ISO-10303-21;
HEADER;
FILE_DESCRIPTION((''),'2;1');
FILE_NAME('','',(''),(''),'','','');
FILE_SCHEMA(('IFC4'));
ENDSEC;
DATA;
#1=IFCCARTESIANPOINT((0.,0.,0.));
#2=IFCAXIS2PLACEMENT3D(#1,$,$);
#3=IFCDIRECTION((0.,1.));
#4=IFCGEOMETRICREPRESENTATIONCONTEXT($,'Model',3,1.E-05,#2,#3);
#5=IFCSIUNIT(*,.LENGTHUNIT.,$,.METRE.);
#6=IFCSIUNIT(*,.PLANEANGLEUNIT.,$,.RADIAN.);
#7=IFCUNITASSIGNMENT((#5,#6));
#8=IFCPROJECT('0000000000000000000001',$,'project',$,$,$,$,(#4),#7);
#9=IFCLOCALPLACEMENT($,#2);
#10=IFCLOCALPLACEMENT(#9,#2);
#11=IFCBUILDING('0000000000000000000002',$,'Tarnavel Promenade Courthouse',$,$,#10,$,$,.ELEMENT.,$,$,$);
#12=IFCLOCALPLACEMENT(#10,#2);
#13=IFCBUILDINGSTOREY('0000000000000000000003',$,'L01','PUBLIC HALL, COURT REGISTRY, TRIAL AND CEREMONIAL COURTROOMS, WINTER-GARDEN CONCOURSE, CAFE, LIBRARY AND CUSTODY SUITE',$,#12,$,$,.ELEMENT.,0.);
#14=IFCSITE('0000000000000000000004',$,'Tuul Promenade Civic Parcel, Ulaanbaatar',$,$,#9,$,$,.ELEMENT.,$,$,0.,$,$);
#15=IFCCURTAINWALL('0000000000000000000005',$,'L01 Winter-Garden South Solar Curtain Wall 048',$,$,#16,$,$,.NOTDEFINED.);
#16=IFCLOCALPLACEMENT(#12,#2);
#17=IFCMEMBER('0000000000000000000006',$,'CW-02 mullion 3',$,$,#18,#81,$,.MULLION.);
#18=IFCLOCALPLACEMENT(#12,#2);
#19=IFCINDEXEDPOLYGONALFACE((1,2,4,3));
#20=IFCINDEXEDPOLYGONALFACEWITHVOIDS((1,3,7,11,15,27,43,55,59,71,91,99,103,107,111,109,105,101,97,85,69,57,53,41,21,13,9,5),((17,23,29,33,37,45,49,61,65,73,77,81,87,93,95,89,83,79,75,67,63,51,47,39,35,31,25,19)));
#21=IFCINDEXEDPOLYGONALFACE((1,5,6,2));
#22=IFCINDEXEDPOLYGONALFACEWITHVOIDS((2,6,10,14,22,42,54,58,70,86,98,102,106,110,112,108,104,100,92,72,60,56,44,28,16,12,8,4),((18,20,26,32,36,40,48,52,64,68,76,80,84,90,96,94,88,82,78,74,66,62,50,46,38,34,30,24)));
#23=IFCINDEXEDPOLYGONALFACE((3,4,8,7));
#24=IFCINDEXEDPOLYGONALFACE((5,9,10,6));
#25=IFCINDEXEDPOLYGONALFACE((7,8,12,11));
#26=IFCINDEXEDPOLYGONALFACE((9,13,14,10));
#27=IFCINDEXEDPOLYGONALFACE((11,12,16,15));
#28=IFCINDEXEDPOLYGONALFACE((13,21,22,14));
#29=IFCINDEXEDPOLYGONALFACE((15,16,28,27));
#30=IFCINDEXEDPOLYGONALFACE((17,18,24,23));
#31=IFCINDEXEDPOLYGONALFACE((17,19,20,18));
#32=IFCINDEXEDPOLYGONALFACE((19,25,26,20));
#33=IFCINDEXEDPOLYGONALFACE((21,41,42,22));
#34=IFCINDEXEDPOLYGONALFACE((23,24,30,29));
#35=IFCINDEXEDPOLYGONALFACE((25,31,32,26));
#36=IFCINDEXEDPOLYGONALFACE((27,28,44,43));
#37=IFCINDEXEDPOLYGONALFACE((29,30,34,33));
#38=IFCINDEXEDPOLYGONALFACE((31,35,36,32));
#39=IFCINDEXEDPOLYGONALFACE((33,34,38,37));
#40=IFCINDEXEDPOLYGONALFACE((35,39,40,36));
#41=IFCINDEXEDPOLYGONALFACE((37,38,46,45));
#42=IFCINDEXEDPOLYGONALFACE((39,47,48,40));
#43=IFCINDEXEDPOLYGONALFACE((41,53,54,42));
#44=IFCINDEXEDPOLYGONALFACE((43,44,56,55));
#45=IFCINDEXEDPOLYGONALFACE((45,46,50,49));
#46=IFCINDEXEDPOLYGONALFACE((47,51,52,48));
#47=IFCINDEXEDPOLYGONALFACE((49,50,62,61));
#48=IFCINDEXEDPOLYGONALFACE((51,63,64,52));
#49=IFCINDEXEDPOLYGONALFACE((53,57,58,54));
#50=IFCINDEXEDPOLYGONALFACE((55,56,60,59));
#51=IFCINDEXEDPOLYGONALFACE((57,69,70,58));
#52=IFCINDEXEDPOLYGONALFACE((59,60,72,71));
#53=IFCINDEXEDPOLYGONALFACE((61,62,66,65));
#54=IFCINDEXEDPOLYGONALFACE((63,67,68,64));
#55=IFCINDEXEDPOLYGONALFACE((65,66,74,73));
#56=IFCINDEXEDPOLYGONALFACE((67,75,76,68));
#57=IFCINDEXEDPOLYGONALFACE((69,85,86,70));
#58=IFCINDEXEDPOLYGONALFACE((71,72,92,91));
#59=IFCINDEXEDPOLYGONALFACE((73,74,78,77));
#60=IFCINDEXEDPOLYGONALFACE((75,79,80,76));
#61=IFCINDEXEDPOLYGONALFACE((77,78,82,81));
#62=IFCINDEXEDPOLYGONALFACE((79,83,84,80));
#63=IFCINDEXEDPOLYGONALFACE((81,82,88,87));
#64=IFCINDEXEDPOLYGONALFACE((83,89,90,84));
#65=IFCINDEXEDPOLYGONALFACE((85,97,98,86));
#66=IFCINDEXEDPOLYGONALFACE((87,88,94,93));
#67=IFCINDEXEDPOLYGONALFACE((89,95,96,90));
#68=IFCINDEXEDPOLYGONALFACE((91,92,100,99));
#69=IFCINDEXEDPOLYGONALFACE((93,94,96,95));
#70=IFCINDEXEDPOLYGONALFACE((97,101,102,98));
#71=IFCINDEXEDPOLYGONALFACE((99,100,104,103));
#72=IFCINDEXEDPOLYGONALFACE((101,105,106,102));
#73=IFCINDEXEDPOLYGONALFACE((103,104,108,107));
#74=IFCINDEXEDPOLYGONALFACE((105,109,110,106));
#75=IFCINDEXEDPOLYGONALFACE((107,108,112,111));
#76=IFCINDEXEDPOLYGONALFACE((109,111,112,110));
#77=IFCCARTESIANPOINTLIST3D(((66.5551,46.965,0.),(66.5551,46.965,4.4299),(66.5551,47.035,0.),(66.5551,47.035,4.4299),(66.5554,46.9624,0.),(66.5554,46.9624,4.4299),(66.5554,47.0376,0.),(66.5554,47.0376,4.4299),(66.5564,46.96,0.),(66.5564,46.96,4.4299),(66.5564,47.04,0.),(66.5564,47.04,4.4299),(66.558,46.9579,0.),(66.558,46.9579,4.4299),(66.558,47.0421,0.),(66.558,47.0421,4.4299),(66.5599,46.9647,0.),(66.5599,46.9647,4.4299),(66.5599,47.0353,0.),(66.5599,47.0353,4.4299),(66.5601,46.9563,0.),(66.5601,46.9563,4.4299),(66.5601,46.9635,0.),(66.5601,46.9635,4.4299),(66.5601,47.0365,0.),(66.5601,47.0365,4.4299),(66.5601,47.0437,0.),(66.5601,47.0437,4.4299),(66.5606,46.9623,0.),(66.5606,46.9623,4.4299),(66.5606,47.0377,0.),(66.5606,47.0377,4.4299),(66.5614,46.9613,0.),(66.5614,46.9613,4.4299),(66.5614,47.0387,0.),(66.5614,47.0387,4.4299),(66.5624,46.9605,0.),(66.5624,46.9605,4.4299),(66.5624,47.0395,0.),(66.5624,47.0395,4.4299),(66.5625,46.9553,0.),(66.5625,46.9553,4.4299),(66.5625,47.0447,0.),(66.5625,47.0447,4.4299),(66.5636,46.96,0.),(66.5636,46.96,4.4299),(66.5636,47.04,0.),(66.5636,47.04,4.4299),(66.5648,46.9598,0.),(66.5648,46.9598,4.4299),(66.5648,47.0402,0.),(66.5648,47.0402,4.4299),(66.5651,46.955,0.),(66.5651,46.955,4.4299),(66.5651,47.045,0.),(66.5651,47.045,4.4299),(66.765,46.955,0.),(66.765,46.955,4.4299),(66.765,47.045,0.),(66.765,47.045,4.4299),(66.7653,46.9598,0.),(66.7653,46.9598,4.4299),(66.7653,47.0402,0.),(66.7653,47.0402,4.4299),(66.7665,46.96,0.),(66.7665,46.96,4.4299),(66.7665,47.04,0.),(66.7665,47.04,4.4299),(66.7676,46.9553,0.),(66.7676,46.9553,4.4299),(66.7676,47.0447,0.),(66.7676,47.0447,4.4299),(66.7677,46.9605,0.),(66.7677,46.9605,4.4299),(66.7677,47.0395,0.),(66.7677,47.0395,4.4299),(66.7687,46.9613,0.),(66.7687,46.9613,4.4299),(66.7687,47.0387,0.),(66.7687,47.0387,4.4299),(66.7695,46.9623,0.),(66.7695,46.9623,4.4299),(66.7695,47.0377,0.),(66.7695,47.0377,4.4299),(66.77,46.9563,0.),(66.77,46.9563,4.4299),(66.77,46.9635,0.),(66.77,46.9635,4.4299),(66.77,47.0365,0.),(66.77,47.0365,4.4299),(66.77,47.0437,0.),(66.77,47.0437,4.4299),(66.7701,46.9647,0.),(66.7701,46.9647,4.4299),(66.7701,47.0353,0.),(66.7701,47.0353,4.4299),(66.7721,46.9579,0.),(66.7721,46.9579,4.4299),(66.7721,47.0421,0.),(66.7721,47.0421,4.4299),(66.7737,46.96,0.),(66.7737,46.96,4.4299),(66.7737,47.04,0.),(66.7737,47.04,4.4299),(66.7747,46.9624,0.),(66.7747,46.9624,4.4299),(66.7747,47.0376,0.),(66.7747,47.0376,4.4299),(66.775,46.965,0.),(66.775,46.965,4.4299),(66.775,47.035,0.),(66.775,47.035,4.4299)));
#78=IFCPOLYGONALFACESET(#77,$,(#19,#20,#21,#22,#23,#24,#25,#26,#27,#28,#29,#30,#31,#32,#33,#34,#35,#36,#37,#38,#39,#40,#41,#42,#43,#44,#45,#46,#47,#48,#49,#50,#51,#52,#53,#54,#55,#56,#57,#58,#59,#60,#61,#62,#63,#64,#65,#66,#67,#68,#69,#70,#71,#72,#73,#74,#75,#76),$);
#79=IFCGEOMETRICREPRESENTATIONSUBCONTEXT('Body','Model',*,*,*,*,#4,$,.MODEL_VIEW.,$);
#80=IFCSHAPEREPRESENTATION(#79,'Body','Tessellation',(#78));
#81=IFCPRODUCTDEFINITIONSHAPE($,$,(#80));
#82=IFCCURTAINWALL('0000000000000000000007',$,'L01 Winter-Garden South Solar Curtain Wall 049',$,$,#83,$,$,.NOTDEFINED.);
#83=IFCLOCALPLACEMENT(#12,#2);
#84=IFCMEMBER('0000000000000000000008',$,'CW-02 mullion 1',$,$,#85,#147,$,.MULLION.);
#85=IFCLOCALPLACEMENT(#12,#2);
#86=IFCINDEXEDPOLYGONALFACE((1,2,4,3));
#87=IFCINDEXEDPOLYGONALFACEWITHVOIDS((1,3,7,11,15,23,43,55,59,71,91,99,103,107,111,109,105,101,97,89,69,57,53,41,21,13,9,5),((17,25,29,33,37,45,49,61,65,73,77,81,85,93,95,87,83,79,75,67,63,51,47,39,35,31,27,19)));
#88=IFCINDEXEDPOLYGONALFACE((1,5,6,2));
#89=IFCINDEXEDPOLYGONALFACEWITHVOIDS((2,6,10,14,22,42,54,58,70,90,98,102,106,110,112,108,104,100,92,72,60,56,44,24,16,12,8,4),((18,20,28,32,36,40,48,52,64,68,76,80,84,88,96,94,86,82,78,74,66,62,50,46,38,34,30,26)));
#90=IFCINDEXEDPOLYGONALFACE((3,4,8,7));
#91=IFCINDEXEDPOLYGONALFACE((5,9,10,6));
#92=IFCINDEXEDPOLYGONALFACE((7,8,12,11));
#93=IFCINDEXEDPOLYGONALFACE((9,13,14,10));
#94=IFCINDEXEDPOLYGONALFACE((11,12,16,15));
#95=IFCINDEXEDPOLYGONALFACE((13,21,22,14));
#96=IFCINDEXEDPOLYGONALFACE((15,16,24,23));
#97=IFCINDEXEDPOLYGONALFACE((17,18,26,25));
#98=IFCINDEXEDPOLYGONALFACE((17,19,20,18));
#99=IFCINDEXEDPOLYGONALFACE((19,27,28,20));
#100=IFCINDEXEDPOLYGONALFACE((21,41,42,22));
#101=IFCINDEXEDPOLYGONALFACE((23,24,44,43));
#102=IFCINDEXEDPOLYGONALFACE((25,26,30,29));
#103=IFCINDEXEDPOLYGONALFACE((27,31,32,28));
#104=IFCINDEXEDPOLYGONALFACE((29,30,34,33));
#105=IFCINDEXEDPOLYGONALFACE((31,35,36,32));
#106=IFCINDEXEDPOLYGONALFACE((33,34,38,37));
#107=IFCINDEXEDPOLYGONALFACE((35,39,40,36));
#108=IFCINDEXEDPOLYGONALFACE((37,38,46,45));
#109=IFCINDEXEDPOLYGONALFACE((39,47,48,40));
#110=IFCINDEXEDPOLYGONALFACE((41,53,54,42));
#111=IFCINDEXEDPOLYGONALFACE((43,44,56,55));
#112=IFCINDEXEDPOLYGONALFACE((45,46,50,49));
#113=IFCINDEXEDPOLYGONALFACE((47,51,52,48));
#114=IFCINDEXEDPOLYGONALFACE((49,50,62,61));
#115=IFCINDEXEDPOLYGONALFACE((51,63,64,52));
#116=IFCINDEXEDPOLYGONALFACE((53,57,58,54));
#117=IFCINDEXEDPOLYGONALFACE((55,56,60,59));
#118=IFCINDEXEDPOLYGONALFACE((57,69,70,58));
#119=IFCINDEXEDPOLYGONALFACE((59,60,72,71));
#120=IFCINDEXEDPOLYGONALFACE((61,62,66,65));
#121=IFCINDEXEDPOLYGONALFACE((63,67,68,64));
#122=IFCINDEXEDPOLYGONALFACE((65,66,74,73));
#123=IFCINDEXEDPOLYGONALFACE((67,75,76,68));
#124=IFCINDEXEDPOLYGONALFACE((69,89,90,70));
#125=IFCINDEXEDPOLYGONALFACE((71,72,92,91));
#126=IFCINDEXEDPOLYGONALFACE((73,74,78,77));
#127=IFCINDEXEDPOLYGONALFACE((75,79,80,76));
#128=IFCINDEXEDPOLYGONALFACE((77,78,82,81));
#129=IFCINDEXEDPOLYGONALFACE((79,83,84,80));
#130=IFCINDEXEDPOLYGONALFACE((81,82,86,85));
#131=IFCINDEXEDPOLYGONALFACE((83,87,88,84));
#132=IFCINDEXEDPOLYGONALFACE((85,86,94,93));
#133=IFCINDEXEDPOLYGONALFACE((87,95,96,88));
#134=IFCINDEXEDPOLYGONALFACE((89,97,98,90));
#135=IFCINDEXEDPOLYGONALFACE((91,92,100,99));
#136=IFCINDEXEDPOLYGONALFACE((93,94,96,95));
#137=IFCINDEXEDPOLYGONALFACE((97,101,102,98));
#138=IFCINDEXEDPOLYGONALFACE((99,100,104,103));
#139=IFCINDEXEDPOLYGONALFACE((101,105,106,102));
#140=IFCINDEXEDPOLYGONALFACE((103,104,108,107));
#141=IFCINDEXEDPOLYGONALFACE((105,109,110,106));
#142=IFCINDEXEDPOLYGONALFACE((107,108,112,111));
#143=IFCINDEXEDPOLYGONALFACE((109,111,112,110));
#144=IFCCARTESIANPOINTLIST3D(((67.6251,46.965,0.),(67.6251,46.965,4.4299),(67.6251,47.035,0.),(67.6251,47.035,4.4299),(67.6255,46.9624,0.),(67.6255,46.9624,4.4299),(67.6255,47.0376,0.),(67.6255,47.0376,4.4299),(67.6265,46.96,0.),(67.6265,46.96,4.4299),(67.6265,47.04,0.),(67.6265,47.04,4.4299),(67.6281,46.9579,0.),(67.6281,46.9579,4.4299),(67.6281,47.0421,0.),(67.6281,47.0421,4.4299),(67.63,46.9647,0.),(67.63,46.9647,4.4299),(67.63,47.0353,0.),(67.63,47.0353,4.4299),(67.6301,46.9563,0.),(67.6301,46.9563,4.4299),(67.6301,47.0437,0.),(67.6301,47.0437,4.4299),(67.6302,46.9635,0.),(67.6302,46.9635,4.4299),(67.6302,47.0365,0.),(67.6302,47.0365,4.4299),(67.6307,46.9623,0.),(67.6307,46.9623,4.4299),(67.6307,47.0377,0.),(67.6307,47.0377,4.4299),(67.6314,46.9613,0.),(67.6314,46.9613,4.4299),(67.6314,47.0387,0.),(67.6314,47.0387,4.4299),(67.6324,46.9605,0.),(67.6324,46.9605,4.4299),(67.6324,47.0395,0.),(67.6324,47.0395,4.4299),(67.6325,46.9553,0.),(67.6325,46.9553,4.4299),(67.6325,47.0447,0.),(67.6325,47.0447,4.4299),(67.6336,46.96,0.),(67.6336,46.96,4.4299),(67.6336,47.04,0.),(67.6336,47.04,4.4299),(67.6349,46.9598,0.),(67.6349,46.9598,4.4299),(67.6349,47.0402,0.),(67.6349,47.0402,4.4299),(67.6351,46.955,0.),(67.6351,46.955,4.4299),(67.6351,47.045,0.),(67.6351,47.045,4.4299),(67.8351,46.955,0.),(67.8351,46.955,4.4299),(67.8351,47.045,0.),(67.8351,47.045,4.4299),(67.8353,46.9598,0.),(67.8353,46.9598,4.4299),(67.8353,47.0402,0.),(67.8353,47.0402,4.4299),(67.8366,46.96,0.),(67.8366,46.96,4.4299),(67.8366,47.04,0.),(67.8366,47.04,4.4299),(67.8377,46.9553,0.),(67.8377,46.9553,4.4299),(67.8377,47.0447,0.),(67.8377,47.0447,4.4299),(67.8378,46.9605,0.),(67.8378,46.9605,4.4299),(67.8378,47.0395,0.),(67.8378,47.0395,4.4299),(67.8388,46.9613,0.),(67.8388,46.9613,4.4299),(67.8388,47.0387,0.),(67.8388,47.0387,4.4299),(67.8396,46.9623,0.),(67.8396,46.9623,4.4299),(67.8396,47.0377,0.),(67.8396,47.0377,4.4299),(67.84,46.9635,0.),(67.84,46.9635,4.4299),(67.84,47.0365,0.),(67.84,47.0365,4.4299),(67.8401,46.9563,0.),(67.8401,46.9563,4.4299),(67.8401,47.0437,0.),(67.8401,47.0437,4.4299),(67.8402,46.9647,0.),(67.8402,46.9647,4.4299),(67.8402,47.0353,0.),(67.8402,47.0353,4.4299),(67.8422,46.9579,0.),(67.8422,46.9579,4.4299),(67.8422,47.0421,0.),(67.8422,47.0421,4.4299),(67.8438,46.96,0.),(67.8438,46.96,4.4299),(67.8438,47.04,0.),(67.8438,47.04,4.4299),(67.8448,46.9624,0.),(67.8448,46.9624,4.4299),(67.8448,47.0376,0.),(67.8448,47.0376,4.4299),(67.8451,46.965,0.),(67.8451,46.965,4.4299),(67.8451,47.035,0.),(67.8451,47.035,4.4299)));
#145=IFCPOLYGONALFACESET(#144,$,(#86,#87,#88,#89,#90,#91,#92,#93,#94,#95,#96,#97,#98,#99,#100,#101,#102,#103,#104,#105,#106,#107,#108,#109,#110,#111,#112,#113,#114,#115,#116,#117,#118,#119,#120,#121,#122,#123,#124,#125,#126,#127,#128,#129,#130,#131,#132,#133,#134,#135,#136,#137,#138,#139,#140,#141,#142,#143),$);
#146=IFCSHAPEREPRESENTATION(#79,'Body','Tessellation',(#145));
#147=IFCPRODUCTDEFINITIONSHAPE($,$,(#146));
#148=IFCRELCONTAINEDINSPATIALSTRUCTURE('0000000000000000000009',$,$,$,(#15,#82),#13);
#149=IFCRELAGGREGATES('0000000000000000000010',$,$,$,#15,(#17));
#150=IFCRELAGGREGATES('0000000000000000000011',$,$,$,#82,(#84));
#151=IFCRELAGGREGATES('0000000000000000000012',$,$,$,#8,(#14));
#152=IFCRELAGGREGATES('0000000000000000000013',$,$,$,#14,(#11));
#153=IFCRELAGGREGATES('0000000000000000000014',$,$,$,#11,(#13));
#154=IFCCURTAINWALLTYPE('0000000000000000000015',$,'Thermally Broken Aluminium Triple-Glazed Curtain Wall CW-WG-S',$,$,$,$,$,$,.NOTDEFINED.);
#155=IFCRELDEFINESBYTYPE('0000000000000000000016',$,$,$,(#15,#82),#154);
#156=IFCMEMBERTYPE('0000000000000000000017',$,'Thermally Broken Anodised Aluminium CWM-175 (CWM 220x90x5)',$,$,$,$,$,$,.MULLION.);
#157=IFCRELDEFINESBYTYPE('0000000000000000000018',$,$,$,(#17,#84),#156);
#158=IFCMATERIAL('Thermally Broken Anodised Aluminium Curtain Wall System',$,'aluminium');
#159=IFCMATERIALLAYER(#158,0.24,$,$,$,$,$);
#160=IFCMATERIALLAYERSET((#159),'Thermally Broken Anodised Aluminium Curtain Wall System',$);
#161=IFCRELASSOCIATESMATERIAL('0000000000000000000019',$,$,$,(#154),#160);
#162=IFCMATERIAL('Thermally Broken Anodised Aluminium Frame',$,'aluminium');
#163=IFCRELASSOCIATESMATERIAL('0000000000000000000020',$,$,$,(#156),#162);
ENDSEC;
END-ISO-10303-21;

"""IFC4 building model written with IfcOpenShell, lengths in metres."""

from ifc_helpers import new_model, si_unit, direction, frame, origin, origin_2d, place, context, subcontext, project, spatial, hollow_rectangle, extrude, material, layer, layer_set, material_profile, profile_set, type_object, element, aggregate, save


model = new_model("IFC4")

# Units and contexts
model_context = context("Model", 3, precision=1e-05, world=origin(), true_north=direction((0.0, 1.0)))
body_context = subcontext(model_context, "Body", "Model", "MODEL_VIEW")
ifc_project = project(units=[si_unit("LENGTHUNIT", "METRE"), si_unit("PLANEANGLEUNIT", "RADIAN")], contexts=[model_context])

# Site, building, storey
site_placement = place(None, origin())
site = spatial("IfcSite", under=ifc_project, at=site_placement, Name="Tuul Promenade Civic Parcel, Ulaanbaatar", CompositionType="ELEMENT", RefElevation=0.0)
building_placement = place(site_placement, origin())
building = spatial("IfcBuilding", under=site, at=building_placement, Name="Tarnavel Promenade Courthouse", CompositionType="ELEMENT")
storey_placement = place(building_placement, origin())
storey = spatial("IfcBuildingStorey", under=building, at=storey_placement, Name="L01", Description="PUBLIC HALL, COURT REGISTRY, TRIAL AND CEREMONIAL COURTROOMS, WINTER-GARDEN CONCOURSE, CAFE, LIBRARY AND CUSTODY SUITE", CompositionType="ELEMENT", Elevation=0.0)

# Curtain wall, member
ifc_material_1 = material(Name="Thermally Broken Anodised Aluminium Curtain Wall System", Category="aluminium")
ifc_layer_1 = layer(ifc_material_1, 0.24)
ifc_layer_set_1 = layer_set([ifc_layer_1], Name="Thermally Broken Anodised Aluminium Curtain Wall System")
curtain_wall_type = type_object("IfcCurtainWallType", Name="Thermally Broken Aluminium Triple-Glazed Curtain Wall CW-WG-S", PredefinedType="NOTDEFINED", material=ifc_layer_set_1)
curtain_wall_1_placement = place(storey_placement, origin())
curtain_wall_1 = element("IfcCurtainWall", 1, at=curtain_wall_1_placement, inside=storey, type_object=curtain_wall_type, Name="L01 Winter-Garden South Solar Curtain Wall 048", PredefinedType="NOTDEFINED")
ifc_material_2 = material(Name="Thermally Broken Anodised Aluminium Frame", Category="aluminium")
ifc_material_profile_1 = material_profile(ifc_material_2, hollow_rectangle(XDim=0.0901, YDim=0.22, WallThickness=0.0049, InnerFilletRadius=0.0049, OuterFilletRadius=0.01, at=origin_2d()), Name="CWM 220x90x5")
ifc_profile_set_1 = profile_set([ifc_material_profile_1], Name="Thermally Broken Anodised Aluminium Frame")
member_type_1 = type_object("IfcMemberType", Name="Thermally Broken Anodised Aluminium CWM-175 (CWM 220x90x5)", PredefinedType="MULLION", material=ifc_profile_set_1)
member_1_placement = place(storey_placement, frame((66.665, 47.0, 0.0), z_axis=(0.0, 0.0, 1.0), x_axis=(0.0, 1.0, 0.0)))
member_1 = element("IfcMember", 2, at=member_1_placement, type_object=member_type_1, Name="CW-02 mullion 3", PredefinedType="MULLION", context=body_context, shape_type="SweptSolid", body=[
    extrude(hollow_rectangle(XDim=0.0901, YDim=0.22, WallThickness=0.0049, InnerFilletRadius=0.0049, OuterFilletRadius=0.01, at=origin_2d()), origin(), (0.0, 0.0, 1.0), 4.4299),
])

# Curtain wall, member
curtain_wall_2_placement = place(storey_placement, origin())
curtain_wall_2 = element("IfcCurtainWall", 3, at=curtain_wall_2_placement, inside=storey, type_object=curtain_wall_type, Name="L01 Winter-Garden South Solar Curtain Wall 049", PredefinedType="NOTDEFINED")
member_2_placement = place(storey_placement, frame((67.7351, 47.0, 0.0), z_axis=(0.0, 0.0, 1.0), x_axis=(0.0, 1.0, 0.0)))
member_2 = element("IfcMember", 4, at=member_2_placement, type_object=member_type_1, Name="CW-02 mullion 1", PredefinedType="MULLION", context=body_context, shape_type="SweptSolid", body=[
    extrude(hollow_rectangle(XDim=0.0901, YDim=0.22, WallThickness=0.0049, InnerFilletRadius=0.0049, OuterFilletRadius=0.01, at=origin_2d()), origin(), (0.0, 0.0, 1.0), 4.4299),
])

aggregate(curtain_wall_1, [member_1])
aggregate(curtain_wall_2, [member_2])

save(model, "model.ifc")
